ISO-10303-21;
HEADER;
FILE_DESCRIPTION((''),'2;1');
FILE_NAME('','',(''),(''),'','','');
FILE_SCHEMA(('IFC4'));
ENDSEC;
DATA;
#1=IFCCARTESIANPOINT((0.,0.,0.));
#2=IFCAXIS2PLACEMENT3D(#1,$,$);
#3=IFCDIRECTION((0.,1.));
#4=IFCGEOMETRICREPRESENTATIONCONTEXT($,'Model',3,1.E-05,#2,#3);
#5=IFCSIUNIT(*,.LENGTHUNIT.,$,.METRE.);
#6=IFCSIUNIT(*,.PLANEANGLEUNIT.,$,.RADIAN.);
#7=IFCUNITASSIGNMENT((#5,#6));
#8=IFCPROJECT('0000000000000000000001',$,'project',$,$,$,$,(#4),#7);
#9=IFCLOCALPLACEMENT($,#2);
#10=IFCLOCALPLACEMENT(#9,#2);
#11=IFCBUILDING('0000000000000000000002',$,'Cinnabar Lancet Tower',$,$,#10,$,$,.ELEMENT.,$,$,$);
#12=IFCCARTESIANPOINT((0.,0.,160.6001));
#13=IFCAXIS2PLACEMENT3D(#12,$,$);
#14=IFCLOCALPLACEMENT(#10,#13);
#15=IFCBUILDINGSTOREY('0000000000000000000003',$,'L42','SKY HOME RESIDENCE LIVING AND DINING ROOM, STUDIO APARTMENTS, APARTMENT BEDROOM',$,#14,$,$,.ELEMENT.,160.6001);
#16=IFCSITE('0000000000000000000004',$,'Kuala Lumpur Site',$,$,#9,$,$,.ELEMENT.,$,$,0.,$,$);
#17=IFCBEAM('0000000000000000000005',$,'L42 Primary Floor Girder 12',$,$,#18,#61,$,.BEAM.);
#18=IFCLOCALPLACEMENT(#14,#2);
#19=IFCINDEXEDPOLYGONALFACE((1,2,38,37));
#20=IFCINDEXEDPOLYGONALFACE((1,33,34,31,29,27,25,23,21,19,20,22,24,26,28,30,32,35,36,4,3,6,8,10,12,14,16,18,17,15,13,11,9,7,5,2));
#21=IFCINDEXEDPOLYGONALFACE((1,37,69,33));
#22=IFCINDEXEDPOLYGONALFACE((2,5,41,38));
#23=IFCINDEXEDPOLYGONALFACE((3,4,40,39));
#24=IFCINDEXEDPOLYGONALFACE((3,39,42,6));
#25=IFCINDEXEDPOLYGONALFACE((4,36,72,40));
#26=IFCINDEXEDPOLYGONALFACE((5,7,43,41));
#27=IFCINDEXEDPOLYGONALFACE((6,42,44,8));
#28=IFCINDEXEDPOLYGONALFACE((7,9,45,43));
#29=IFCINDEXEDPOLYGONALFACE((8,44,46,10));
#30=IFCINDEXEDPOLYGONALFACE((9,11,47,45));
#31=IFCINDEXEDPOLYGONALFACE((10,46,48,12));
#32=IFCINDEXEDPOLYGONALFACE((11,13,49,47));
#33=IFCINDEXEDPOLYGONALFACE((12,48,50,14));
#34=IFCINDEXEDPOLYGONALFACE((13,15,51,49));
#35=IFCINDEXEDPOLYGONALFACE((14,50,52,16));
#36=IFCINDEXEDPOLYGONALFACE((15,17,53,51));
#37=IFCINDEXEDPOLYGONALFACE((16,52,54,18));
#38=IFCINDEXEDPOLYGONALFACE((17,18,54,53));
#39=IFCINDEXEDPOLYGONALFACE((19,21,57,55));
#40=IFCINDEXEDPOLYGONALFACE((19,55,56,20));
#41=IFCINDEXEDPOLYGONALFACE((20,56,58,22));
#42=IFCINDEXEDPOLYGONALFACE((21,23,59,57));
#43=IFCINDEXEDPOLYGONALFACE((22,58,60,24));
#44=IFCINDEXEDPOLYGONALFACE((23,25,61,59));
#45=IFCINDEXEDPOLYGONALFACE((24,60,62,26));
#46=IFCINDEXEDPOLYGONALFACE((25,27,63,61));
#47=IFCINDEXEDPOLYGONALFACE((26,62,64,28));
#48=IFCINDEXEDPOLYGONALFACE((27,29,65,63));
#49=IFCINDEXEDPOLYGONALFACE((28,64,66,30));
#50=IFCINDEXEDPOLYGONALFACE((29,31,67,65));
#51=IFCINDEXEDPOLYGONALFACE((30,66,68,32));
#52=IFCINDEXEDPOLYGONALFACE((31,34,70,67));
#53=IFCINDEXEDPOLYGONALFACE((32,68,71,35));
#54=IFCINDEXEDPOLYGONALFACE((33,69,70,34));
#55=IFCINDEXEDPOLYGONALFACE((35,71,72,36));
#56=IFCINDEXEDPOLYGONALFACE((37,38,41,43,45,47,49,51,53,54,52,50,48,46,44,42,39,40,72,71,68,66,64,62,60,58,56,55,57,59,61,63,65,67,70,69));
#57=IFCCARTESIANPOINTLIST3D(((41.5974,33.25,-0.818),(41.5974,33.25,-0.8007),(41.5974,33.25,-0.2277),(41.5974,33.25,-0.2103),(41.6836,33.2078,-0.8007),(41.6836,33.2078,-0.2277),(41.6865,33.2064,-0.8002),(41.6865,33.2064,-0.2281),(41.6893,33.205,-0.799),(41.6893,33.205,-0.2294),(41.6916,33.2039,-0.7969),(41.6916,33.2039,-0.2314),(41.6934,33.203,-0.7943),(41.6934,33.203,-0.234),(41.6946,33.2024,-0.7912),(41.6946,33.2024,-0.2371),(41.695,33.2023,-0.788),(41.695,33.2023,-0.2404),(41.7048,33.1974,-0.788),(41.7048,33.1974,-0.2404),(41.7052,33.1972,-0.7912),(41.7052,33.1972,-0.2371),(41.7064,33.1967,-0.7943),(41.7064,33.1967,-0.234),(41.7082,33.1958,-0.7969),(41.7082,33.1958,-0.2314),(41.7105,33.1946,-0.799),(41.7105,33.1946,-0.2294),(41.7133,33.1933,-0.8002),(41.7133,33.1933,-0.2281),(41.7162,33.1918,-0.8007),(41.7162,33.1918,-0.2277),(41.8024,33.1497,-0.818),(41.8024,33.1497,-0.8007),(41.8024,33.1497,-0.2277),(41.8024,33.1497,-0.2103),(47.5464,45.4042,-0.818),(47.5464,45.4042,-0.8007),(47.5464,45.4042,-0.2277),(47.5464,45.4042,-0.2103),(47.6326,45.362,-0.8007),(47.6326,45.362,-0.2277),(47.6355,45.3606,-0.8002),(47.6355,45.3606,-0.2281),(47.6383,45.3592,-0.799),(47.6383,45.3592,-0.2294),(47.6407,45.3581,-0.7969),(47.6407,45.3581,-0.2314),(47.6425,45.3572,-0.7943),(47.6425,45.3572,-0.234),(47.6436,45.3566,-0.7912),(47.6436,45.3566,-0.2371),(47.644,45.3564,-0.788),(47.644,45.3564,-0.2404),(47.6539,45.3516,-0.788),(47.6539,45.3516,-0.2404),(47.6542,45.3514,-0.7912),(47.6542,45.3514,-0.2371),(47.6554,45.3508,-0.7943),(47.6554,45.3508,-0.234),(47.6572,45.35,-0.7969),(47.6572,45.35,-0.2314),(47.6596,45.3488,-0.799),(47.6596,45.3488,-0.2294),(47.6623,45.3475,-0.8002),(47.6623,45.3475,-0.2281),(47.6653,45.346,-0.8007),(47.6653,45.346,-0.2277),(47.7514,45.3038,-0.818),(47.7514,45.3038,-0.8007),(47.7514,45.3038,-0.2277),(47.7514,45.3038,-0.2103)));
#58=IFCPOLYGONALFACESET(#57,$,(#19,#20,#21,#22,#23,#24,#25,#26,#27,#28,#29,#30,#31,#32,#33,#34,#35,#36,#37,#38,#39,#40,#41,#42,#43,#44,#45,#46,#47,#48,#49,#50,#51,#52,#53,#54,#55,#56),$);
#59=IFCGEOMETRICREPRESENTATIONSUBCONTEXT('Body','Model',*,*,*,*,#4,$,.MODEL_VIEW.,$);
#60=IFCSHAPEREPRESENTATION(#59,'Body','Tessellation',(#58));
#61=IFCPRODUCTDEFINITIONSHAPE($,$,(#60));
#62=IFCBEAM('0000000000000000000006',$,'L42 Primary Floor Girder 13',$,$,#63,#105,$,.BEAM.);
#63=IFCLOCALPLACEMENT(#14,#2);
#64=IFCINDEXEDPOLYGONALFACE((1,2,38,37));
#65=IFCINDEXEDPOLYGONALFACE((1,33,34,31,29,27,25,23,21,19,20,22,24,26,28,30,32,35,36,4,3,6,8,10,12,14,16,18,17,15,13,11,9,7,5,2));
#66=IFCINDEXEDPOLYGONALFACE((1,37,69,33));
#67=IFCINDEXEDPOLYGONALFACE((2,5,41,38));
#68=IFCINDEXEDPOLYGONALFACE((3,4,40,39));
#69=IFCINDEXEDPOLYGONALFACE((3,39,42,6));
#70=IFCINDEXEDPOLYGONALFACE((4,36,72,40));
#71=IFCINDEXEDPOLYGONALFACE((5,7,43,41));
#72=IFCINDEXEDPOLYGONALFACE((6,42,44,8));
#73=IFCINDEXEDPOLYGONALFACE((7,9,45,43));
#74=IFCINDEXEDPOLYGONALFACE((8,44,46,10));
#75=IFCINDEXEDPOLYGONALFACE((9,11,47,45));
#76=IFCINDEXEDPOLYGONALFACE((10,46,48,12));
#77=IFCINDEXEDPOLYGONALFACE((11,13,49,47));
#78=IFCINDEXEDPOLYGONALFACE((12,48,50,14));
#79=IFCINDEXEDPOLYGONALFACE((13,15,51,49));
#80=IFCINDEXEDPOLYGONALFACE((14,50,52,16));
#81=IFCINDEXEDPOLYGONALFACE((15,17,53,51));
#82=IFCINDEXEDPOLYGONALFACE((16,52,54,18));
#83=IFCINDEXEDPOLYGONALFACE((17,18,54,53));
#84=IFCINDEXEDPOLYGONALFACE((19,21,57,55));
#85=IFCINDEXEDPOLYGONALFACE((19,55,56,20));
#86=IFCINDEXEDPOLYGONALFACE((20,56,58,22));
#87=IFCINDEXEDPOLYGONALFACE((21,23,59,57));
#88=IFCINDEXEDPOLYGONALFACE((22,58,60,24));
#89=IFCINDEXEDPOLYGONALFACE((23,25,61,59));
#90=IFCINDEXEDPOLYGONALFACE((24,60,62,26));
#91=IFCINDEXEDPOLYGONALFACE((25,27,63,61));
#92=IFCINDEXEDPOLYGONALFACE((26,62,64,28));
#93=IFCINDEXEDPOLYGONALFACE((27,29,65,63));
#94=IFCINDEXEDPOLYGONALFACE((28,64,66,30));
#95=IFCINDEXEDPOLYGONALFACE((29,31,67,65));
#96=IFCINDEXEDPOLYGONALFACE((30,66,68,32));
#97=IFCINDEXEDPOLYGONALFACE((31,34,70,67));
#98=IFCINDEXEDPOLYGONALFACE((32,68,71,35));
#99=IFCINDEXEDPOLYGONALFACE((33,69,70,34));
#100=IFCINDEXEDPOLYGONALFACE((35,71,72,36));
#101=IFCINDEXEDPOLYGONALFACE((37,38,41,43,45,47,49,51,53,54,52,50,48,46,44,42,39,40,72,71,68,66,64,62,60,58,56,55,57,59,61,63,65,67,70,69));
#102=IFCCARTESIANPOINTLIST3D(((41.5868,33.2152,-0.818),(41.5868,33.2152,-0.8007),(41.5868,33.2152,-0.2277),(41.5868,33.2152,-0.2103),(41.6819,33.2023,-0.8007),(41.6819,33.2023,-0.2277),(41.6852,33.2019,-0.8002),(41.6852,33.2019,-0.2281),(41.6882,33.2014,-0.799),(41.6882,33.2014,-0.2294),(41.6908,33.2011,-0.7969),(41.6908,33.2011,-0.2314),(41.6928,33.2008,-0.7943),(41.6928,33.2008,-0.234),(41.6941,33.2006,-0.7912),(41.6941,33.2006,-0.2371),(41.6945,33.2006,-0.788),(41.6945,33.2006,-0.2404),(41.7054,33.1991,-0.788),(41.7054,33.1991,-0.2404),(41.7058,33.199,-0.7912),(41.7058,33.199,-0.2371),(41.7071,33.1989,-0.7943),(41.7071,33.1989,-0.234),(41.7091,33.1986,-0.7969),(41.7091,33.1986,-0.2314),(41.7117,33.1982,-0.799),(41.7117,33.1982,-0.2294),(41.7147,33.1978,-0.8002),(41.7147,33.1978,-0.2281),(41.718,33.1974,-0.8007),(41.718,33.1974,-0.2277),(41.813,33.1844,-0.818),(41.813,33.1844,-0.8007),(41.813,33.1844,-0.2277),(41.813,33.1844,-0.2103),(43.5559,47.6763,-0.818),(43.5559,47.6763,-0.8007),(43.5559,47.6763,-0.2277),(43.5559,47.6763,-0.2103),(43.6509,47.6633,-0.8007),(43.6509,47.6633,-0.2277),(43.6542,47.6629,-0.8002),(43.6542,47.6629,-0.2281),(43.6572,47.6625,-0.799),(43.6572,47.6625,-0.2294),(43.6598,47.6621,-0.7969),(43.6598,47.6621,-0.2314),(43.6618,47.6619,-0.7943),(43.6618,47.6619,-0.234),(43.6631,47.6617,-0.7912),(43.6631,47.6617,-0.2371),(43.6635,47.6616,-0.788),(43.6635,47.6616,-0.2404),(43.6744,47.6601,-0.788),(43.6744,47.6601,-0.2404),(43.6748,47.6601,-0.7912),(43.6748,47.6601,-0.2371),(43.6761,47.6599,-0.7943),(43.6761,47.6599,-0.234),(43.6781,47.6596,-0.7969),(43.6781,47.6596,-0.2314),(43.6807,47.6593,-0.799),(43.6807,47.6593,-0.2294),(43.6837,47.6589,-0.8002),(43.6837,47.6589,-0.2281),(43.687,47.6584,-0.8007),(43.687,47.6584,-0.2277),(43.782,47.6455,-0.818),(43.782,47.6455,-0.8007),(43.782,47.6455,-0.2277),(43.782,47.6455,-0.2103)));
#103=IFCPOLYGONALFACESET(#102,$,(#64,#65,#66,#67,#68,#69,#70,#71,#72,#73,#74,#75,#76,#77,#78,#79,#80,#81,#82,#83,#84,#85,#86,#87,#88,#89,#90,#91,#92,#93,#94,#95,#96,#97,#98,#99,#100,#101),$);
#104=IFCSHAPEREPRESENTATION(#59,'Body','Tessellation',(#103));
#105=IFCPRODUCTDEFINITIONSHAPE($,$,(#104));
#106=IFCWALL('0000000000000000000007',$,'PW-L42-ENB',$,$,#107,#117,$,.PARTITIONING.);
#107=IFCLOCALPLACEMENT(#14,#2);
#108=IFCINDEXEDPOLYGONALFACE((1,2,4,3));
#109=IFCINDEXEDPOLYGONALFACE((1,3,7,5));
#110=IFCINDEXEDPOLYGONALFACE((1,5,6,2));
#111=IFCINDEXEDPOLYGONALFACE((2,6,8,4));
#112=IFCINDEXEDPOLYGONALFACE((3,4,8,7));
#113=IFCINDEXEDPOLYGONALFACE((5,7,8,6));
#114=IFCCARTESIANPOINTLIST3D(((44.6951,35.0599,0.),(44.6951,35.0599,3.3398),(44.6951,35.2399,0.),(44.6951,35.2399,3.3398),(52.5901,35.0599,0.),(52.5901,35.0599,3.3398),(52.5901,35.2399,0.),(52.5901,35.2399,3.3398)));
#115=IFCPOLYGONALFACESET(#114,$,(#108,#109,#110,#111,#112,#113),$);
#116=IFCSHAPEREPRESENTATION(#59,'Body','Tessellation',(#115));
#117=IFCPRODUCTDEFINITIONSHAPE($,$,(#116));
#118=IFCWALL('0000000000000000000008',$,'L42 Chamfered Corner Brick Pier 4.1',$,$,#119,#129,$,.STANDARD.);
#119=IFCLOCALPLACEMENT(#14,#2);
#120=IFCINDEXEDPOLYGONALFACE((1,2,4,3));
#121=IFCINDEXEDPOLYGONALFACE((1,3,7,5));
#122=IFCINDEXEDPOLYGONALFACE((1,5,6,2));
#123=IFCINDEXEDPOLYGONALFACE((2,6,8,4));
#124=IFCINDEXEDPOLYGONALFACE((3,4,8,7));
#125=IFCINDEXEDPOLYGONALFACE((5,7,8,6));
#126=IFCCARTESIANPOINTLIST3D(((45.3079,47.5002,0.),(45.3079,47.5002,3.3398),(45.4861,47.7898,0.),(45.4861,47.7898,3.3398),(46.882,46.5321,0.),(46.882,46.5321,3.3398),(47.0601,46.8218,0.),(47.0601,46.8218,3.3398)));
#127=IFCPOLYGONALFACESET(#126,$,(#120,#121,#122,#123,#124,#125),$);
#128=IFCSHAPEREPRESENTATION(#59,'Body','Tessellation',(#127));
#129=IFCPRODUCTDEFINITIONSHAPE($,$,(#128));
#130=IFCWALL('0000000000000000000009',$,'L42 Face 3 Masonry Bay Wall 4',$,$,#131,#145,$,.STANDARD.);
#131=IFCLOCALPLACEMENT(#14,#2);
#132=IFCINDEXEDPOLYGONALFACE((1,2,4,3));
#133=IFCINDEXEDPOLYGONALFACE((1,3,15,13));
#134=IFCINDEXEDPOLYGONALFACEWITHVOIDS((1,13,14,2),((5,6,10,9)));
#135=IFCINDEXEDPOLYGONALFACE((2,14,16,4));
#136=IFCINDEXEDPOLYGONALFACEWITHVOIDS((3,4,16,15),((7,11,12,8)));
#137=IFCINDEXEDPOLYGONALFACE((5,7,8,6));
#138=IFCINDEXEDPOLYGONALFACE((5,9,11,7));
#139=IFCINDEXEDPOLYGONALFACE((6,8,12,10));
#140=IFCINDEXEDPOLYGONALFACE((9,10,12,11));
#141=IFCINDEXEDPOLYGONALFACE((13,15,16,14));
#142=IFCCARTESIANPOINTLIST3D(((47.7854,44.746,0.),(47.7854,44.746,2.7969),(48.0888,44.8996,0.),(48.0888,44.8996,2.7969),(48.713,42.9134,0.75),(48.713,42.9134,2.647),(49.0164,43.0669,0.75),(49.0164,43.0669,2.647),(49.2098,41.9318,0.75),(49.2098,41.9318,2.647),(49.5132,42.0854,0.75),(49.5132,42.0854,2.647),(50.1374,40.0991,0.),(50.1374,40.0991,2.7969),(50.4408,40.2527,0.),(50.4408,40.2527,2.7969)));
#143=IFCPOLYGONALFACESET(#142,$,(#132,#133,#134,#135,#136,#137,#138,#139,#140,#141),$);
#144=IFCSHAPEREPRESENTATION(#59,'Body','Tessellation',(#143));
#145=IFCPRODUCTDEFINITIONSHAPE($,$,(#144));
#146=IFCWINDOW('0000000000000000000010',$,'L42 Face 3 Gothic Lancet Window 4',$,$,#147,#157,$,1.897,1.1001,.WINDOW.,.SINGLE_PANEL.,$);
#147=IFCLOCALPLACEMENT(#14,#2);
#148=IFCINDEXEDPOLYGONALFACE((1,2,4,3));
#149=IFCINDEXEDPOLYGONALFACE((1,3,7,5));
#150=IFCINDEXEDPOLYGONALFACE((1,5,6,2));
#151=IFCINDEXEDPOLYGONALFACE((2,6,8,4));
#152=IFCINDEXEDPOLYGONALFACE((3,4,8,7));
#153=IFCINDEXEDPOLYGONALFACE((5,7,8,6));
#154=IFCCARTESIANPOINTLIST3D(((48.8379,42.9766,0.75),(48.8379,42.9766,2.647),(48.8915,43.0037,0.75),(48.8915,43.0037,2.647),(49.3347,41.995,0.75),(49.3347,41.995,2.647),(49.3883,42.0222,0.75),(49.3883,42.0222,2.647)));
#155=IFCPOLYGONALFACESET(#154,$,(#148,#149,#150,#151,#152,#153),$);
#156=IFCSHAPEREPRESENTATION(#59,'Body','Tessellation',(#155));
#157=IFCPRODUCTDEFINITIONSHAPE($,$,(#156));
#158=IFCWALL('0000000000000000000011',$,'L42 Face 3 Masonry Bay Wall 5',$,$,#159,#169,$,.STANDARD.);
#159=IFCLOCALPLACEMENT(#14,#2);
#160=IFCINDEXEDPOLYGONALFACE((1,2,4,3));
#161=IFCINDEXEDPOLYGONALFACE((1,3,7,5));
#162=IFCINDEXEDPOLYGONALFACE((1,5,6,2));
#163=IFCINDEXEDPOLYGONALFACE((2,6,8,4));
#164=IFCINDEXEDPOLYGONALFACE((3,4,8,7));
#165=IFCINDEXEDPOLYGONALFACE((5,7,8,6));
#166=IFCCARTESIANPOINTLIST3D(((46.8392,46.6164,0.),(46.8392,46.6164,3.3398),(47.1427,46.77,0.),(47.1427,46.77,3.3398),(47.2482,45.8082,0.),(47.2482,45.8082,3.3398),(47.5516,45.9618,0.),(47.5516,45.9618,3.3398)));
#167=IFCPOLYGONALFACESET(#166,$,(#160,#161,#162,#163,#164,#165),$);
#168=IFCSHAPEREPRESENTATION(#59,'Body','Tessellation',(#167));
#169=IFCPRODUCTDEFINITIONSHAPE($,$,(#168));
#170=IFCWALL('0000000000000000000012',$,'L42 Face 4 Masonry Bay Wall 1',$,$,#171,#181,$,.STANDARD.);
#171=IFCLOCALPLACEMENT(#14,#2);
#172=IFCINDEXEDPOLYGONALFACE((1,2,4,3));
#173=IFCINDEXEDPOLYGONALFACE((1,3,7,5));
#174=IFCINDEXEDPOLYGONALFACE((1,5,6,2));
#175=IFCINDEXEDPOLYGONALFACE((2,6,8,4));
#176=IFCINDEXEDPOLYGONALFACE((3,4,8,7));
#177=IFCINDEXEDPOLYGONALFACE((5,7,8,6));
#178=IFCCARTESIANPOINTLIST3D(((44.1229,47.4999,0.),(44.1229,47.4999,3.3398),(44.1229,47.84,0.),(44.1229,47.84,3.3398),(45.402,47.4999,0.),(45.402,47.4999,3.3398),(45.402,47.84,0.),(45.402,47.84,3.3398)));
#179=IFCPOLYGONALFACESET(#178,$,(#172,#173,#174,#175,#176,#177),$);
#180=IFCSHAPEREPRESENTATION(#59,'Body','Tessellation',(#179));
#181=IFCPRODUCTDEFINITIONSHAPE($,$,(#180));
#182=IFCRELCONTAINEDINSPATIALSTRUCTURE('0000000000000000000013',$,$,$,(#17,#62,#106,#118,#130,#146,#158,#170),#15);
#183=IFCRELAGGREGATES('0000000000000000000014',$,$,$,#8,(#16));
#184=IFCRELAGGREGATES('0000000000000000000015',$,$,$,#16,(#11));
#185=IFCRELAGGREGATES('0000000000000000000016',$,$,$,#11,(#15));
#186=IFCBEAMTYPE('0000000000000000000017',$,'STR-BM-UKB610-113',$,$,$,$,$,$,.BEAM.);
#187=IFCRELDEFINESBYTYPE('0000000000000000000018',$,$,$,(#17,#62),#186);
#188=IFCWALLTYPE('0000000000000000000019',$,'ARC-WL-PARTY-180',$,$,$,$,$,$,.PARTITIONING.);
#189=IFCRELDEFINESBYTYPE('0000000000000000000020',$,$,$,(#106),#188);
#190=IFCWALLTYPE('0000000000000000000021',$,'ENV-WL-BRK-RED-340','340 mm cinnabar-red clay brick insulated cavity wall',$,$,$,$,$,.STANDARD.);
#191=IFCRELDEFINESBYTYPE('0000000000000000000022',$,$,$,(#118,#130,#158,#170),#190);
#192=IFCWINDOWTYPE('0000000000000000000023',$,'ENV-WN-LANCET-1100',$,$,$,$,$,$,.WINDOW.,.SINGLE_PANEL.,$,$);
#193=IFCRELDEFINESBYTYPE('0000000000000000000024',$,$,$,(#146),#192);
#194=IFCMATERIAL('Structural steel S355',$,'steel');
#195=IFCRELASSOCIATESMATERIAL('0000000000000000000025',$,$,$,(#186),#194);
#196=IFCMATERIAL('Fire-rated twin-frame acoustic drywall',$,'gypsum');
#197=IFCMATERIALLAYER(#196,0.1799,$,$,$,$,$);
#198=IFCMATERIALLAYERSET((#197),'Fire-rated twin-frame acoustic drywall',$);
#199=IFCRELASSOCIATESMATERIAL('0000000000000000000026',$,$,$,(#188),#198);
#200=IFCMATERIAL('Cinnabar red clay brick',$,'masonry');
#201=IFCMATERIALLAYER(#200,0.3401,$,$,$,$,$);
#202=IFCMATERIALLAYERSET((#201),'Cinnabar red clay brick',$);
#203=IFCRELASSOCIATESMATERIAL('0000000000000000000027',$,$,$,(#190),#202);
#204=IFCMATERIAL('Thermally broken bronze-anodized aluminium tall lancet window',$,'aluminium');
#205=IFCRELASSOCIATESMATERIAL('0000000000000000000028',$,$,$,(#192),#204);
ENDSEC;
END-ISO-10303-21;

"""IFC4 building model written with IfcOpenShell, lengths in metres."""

from ifc_helpers import new_model, si_unit, direction, frame, frame_2d, origin, origin_2d, place, context, subcontext, project, spatial, rectangle, i_section, extrude, material, layer, layer_set, material_profile, profile_set, type_object, element, fill, save


model = new_model("IFC4")

# Units and contexts
model_context = context("Model", 3, precision=1e-05, world=origin(), true_north=direction((0.0, 1.0)))
body_context = subcontext(model_context, "Body", "Model", "MODEL_VIEW")
ifc_project = project(units=[si_unit("LENGTHUNIT", "METRE"), si_unit("PLANEANGLEUNIT", "RADIAN")], contexts=[model_context])

# Site, building, storey
site_placement = place(None, origin())
site = spatial("IfcSite", under=ifc_project, at=site_placement, Name="Kuala Lumpur Site", CompositionType="ELEMENT", RefElevation=0.0)
building_placement = place(site_placement, origin())
building = spatial("IfcBuilding", under=site, at=building_placement, Name="Cinnabar Lancet Tower", CompositionType="ELEMENT")
storey_placement = place(building_placement, frame((0.0, 0.0, 160.6001)))
storey = spatial("IfcBuildingStorey", under=building, at=storey_placement, Name="L42", Description="SKY HOME RESIDENCE LIVING AND DINING ROOM, STUDIO APARTMENTS, APARTMENT BEDROOM", CompositionType="ELEMENT", Elevation=160.6001)

# Beams
ifc_material_1 = material(Name="Structural steel S355", Category="steel")
ifc_material_profile_1 = material_profile(ifc_material_1, i_section(OverallWidth=0.2283, OverallDepth=0.6077, WebThickness=0.011, FlangeThickness=0.0173, FilletRadius=0.0127, at=origin_2d()), Name="UKB 610x229x113")
ifc_profile_set_1 = profile_set([ifc_material_profile_1], Name="Structural steel S355")
beam_type_1 = type_object("IfcBeamType", Name="STR-BM-UKB610-113", PredefinedType="BEAM", material=ifc_profile_set_1)
beam_1_placement = place(storey_placement, frame((47.6489, 45.354, -0.5142), z_axis=(-0.439627, -0.89818, 0.0), x_axis=(0.89818, -0.439627, 0.0)))
element("IfcBeam", 1, at=beam_1_placement, inside=storey, type_object=beam_type_1, Name="L42 Primary Floor Girder 12", PredefinedType="BEAM", context=body_context, shape_type="SweptSolid", body=[
    extrude(i_section(OverallWidth=0.2283, OverallDepth=0.6077, WebThickness=0.011, FlangeThickness=0.0173, FilletRadius=0.0127, at=origin_2d()), origin(), (0.0, 0.0, 1.0), 13.532),
])
beam_2_placement = place(storey_placement, frame((43.6689, 47.6609, -0.5142), z_axis=(-0.134915, -0.990857, 0.0), x_axis=(0.990857, -0.134915, 0.0)))
element("IfcBeam", 2, at=beam_2_placement, inside=storey, type_object=beam_type_1, Name="L42 Primary Floor Girder 13", PredefinedType="BEAM", context=body_context, shape_type="SweptSolid", body=[
    extrude(i_section(OverallWidth=0.2283, OverallDepth=0.6077, WebThickness=0.011, FlangeThickness=0.0173, FilletRadius=0.0127, at=origin_2d()), origin(), (0.0, 0.0, 1.0), 14.5945),
])

# Walls
ifc_material_2 = material(Name="Fire-rated twin-frame acoustic drywall", Category="gypsum")
ifc_layer_1 = layer(ifc_material_2, 0.1799)
ifc_layer_set_1 = layer_set([ifc_layer_1], Name="Fire-rated twin-frame acoustic drywall")
wall_type_1 = type_object("IfcWallType", Name="ARC-WL-PARTY-180", PredefinedType="PARTITIONING", material=ifc_layer_set_1)
wall_1_placement = place(storey_placement, frame((44.6951, 35.1499, 0.0), z_axis=(0.0, 0.0, 1.0), x_axis=(1.0, 0.0, 0.0)))
element("IfcWall", 3, at=wall_1_placement, inside=storey, type_object=wall_type_1, Name="PW-L42-ENB", PredefinedType="PARTITIONING", context=body_context, shape_type="SweptSolid", body=[
    extrude(rectangle(XDim=7.895, YDim=0.1799, at=frame_2d((3.9475, 0.0))), origin(), (0.0, 0.0, 1.0), 3.3398),
])
ifc_material_3 = material(Name="Cinnabar red clay brick", Category="masonry")
ifc_layer_2 = layer(ifc_material_3, 0.3401)
ifc_layer_set_2 = layer_set([ifc_layer_2], Name="Cinnabar red clay brick")
wall_type_2 = type_object("IfcWallType", Name="ENV-WL-BRK-RED-340", Description="340 mm cinnabar-red clay brick insulated cavity wall", PredefinedType="STANDARD", material=ifc_layer_set_2)
wall_2_placement = place(storey_placement, frame((46.9709, 46.677, 0.0), z_axis=(0.0, 0.0, 1.0), x_axis=(-0.851799, 0.523869, 0.0)))
element("IfcWall", 4, at=wall_2_placement, inside=storey, type_object=wall_type_2, Name="L42 Chamfered Corner Brick Pier 4.1", PredefinedType="STANDARD", context=body_context, shape_type="SweptSolid", body=[
    extrude(rectangle(XDim=1.8479, YDim=0.3401, at=frame_2d((0.9238, 0.0))), origin(), (0.0, 0.0, 1.0), 3.3398),
])

# Wall, opening, window
wall_3_placement = place(storey_placement, frame((50.2891, 40.176, 0.0), z_axis=(0.0, 0.0, 1.0), x_axis=(-0.451596, 0.892223, 0.0)))
wall_3 = element("IfcWall", 5, at=wall_3_placement, inside=storey, type_object=wall_type_2, Name="L42 Face 3 Masonry Bay Wall 4", PredefinedType="STANDARD", context=body_context, shape_type="SweptSolid", body=[
    extrude(rectangle(XDim=5.2083, YDim=0.3401, at=frame_2d((2.604, 0.0))), origin(), (0.0, 0.0, 1.0), 2.7969),
])
opening_placement = place(wall_3_placement, frame((2.054, 0.0, 0.75)))
opening = element("IfcOpeningElement", 6, at=opening_placement, cuts=wall_3, PredefinedType="OPENING", context=body_context, shape_type="SweptSolid", body=[
    extrude(rectangle(XDim=1.1001, YDim=1.897, at=frame_2d((0.55, 0.9485))), frame((0.0, 0.1799, 0.0), z_axis=(0.0, -1.0, 0.0), x_axis=(1.0, 0.0, 0.0)), (0.0, 0.0, 1.0), 0.3601),
])
ifc_material_4 = material(Name="Thermally broken bronze-anodized aluminium tall lancet window", Category="aluminium")
window_type = type_object("IfcWindowType", Name="ENV-WN-LANCET-1100", PartitioningType="SINGLE_PANEL", PredefinedType="WINDOW", material=ifc_material_4)
window_placement = place(opening_placement, origin())
window = element("IfcWindow", 7, at=window_placement, inside=storey, type_object=window_type, Name="L42 Face 3 Gothic Lancet Window 4", OverallHeight=1.897, OverallWidth=1.1001, PartitioningType="SINGLE_PANEL", PredefinedType="WINDOW", context=body_context, shape_type="SweptSolid", body=[
    extrude(rectangle(XDim=1.1001, YDim=1.897, at=frame_2d((0.55, 0.9485))), frame((0.0, 0.03, 0.0), z_axis=(0.0, -1.0, 0.0), x_axis=(1.0, 0.0, 0.0)), (0.0, 0.0, 1.0), 0.0601),
])
fill(opening, window)

# Walls
wall_4_placement = place(storey_placement, frame((47.3999, 45.885, 0.0), z_axis=(0.0, 0.0, 1.0), x_axis=(-0.451521, 0.89226, 0.0)))
element("IfcWall", 8, at=wall_4_placement, inside=storey, type_object=wall_type_2, Name="L42 Face 3 Masonry Bay Wall 5", PredefinedType="STANDARD", context=body_context, shape_type="SweptSolid", body=[
    extrude(rectangle(XDim=0.9058, YDim=0.3401, at=frame_2d((0.4529, 0.0))), origin(), (0.0, 0.0, 1.0), 3.3398),
])
wall_5_placement = place(storey_placement, frame((45.4021, 47.6699, 0.0), z_axis=(0.0, 0.0, 1.0), x_axis=(-1.0, 0.0, 0.0)))
element("IfcWall", 9, at=wall_5_placement, inside=storey, type_object=wall_type_2, Name="L42 Face 4 Masonry Bay Wall 1", PredefinedType="STANDARD", context=body_context, shape_type="SweptSolid", body=[
    extrude(rectangle(XDim=1.2791, YDim=0.3401, at=frame_2d((0.6396, 0.0))), origin(), (0.0, 0.0, 1.0), 3.3398),
])

save(model, "model.ifc")
